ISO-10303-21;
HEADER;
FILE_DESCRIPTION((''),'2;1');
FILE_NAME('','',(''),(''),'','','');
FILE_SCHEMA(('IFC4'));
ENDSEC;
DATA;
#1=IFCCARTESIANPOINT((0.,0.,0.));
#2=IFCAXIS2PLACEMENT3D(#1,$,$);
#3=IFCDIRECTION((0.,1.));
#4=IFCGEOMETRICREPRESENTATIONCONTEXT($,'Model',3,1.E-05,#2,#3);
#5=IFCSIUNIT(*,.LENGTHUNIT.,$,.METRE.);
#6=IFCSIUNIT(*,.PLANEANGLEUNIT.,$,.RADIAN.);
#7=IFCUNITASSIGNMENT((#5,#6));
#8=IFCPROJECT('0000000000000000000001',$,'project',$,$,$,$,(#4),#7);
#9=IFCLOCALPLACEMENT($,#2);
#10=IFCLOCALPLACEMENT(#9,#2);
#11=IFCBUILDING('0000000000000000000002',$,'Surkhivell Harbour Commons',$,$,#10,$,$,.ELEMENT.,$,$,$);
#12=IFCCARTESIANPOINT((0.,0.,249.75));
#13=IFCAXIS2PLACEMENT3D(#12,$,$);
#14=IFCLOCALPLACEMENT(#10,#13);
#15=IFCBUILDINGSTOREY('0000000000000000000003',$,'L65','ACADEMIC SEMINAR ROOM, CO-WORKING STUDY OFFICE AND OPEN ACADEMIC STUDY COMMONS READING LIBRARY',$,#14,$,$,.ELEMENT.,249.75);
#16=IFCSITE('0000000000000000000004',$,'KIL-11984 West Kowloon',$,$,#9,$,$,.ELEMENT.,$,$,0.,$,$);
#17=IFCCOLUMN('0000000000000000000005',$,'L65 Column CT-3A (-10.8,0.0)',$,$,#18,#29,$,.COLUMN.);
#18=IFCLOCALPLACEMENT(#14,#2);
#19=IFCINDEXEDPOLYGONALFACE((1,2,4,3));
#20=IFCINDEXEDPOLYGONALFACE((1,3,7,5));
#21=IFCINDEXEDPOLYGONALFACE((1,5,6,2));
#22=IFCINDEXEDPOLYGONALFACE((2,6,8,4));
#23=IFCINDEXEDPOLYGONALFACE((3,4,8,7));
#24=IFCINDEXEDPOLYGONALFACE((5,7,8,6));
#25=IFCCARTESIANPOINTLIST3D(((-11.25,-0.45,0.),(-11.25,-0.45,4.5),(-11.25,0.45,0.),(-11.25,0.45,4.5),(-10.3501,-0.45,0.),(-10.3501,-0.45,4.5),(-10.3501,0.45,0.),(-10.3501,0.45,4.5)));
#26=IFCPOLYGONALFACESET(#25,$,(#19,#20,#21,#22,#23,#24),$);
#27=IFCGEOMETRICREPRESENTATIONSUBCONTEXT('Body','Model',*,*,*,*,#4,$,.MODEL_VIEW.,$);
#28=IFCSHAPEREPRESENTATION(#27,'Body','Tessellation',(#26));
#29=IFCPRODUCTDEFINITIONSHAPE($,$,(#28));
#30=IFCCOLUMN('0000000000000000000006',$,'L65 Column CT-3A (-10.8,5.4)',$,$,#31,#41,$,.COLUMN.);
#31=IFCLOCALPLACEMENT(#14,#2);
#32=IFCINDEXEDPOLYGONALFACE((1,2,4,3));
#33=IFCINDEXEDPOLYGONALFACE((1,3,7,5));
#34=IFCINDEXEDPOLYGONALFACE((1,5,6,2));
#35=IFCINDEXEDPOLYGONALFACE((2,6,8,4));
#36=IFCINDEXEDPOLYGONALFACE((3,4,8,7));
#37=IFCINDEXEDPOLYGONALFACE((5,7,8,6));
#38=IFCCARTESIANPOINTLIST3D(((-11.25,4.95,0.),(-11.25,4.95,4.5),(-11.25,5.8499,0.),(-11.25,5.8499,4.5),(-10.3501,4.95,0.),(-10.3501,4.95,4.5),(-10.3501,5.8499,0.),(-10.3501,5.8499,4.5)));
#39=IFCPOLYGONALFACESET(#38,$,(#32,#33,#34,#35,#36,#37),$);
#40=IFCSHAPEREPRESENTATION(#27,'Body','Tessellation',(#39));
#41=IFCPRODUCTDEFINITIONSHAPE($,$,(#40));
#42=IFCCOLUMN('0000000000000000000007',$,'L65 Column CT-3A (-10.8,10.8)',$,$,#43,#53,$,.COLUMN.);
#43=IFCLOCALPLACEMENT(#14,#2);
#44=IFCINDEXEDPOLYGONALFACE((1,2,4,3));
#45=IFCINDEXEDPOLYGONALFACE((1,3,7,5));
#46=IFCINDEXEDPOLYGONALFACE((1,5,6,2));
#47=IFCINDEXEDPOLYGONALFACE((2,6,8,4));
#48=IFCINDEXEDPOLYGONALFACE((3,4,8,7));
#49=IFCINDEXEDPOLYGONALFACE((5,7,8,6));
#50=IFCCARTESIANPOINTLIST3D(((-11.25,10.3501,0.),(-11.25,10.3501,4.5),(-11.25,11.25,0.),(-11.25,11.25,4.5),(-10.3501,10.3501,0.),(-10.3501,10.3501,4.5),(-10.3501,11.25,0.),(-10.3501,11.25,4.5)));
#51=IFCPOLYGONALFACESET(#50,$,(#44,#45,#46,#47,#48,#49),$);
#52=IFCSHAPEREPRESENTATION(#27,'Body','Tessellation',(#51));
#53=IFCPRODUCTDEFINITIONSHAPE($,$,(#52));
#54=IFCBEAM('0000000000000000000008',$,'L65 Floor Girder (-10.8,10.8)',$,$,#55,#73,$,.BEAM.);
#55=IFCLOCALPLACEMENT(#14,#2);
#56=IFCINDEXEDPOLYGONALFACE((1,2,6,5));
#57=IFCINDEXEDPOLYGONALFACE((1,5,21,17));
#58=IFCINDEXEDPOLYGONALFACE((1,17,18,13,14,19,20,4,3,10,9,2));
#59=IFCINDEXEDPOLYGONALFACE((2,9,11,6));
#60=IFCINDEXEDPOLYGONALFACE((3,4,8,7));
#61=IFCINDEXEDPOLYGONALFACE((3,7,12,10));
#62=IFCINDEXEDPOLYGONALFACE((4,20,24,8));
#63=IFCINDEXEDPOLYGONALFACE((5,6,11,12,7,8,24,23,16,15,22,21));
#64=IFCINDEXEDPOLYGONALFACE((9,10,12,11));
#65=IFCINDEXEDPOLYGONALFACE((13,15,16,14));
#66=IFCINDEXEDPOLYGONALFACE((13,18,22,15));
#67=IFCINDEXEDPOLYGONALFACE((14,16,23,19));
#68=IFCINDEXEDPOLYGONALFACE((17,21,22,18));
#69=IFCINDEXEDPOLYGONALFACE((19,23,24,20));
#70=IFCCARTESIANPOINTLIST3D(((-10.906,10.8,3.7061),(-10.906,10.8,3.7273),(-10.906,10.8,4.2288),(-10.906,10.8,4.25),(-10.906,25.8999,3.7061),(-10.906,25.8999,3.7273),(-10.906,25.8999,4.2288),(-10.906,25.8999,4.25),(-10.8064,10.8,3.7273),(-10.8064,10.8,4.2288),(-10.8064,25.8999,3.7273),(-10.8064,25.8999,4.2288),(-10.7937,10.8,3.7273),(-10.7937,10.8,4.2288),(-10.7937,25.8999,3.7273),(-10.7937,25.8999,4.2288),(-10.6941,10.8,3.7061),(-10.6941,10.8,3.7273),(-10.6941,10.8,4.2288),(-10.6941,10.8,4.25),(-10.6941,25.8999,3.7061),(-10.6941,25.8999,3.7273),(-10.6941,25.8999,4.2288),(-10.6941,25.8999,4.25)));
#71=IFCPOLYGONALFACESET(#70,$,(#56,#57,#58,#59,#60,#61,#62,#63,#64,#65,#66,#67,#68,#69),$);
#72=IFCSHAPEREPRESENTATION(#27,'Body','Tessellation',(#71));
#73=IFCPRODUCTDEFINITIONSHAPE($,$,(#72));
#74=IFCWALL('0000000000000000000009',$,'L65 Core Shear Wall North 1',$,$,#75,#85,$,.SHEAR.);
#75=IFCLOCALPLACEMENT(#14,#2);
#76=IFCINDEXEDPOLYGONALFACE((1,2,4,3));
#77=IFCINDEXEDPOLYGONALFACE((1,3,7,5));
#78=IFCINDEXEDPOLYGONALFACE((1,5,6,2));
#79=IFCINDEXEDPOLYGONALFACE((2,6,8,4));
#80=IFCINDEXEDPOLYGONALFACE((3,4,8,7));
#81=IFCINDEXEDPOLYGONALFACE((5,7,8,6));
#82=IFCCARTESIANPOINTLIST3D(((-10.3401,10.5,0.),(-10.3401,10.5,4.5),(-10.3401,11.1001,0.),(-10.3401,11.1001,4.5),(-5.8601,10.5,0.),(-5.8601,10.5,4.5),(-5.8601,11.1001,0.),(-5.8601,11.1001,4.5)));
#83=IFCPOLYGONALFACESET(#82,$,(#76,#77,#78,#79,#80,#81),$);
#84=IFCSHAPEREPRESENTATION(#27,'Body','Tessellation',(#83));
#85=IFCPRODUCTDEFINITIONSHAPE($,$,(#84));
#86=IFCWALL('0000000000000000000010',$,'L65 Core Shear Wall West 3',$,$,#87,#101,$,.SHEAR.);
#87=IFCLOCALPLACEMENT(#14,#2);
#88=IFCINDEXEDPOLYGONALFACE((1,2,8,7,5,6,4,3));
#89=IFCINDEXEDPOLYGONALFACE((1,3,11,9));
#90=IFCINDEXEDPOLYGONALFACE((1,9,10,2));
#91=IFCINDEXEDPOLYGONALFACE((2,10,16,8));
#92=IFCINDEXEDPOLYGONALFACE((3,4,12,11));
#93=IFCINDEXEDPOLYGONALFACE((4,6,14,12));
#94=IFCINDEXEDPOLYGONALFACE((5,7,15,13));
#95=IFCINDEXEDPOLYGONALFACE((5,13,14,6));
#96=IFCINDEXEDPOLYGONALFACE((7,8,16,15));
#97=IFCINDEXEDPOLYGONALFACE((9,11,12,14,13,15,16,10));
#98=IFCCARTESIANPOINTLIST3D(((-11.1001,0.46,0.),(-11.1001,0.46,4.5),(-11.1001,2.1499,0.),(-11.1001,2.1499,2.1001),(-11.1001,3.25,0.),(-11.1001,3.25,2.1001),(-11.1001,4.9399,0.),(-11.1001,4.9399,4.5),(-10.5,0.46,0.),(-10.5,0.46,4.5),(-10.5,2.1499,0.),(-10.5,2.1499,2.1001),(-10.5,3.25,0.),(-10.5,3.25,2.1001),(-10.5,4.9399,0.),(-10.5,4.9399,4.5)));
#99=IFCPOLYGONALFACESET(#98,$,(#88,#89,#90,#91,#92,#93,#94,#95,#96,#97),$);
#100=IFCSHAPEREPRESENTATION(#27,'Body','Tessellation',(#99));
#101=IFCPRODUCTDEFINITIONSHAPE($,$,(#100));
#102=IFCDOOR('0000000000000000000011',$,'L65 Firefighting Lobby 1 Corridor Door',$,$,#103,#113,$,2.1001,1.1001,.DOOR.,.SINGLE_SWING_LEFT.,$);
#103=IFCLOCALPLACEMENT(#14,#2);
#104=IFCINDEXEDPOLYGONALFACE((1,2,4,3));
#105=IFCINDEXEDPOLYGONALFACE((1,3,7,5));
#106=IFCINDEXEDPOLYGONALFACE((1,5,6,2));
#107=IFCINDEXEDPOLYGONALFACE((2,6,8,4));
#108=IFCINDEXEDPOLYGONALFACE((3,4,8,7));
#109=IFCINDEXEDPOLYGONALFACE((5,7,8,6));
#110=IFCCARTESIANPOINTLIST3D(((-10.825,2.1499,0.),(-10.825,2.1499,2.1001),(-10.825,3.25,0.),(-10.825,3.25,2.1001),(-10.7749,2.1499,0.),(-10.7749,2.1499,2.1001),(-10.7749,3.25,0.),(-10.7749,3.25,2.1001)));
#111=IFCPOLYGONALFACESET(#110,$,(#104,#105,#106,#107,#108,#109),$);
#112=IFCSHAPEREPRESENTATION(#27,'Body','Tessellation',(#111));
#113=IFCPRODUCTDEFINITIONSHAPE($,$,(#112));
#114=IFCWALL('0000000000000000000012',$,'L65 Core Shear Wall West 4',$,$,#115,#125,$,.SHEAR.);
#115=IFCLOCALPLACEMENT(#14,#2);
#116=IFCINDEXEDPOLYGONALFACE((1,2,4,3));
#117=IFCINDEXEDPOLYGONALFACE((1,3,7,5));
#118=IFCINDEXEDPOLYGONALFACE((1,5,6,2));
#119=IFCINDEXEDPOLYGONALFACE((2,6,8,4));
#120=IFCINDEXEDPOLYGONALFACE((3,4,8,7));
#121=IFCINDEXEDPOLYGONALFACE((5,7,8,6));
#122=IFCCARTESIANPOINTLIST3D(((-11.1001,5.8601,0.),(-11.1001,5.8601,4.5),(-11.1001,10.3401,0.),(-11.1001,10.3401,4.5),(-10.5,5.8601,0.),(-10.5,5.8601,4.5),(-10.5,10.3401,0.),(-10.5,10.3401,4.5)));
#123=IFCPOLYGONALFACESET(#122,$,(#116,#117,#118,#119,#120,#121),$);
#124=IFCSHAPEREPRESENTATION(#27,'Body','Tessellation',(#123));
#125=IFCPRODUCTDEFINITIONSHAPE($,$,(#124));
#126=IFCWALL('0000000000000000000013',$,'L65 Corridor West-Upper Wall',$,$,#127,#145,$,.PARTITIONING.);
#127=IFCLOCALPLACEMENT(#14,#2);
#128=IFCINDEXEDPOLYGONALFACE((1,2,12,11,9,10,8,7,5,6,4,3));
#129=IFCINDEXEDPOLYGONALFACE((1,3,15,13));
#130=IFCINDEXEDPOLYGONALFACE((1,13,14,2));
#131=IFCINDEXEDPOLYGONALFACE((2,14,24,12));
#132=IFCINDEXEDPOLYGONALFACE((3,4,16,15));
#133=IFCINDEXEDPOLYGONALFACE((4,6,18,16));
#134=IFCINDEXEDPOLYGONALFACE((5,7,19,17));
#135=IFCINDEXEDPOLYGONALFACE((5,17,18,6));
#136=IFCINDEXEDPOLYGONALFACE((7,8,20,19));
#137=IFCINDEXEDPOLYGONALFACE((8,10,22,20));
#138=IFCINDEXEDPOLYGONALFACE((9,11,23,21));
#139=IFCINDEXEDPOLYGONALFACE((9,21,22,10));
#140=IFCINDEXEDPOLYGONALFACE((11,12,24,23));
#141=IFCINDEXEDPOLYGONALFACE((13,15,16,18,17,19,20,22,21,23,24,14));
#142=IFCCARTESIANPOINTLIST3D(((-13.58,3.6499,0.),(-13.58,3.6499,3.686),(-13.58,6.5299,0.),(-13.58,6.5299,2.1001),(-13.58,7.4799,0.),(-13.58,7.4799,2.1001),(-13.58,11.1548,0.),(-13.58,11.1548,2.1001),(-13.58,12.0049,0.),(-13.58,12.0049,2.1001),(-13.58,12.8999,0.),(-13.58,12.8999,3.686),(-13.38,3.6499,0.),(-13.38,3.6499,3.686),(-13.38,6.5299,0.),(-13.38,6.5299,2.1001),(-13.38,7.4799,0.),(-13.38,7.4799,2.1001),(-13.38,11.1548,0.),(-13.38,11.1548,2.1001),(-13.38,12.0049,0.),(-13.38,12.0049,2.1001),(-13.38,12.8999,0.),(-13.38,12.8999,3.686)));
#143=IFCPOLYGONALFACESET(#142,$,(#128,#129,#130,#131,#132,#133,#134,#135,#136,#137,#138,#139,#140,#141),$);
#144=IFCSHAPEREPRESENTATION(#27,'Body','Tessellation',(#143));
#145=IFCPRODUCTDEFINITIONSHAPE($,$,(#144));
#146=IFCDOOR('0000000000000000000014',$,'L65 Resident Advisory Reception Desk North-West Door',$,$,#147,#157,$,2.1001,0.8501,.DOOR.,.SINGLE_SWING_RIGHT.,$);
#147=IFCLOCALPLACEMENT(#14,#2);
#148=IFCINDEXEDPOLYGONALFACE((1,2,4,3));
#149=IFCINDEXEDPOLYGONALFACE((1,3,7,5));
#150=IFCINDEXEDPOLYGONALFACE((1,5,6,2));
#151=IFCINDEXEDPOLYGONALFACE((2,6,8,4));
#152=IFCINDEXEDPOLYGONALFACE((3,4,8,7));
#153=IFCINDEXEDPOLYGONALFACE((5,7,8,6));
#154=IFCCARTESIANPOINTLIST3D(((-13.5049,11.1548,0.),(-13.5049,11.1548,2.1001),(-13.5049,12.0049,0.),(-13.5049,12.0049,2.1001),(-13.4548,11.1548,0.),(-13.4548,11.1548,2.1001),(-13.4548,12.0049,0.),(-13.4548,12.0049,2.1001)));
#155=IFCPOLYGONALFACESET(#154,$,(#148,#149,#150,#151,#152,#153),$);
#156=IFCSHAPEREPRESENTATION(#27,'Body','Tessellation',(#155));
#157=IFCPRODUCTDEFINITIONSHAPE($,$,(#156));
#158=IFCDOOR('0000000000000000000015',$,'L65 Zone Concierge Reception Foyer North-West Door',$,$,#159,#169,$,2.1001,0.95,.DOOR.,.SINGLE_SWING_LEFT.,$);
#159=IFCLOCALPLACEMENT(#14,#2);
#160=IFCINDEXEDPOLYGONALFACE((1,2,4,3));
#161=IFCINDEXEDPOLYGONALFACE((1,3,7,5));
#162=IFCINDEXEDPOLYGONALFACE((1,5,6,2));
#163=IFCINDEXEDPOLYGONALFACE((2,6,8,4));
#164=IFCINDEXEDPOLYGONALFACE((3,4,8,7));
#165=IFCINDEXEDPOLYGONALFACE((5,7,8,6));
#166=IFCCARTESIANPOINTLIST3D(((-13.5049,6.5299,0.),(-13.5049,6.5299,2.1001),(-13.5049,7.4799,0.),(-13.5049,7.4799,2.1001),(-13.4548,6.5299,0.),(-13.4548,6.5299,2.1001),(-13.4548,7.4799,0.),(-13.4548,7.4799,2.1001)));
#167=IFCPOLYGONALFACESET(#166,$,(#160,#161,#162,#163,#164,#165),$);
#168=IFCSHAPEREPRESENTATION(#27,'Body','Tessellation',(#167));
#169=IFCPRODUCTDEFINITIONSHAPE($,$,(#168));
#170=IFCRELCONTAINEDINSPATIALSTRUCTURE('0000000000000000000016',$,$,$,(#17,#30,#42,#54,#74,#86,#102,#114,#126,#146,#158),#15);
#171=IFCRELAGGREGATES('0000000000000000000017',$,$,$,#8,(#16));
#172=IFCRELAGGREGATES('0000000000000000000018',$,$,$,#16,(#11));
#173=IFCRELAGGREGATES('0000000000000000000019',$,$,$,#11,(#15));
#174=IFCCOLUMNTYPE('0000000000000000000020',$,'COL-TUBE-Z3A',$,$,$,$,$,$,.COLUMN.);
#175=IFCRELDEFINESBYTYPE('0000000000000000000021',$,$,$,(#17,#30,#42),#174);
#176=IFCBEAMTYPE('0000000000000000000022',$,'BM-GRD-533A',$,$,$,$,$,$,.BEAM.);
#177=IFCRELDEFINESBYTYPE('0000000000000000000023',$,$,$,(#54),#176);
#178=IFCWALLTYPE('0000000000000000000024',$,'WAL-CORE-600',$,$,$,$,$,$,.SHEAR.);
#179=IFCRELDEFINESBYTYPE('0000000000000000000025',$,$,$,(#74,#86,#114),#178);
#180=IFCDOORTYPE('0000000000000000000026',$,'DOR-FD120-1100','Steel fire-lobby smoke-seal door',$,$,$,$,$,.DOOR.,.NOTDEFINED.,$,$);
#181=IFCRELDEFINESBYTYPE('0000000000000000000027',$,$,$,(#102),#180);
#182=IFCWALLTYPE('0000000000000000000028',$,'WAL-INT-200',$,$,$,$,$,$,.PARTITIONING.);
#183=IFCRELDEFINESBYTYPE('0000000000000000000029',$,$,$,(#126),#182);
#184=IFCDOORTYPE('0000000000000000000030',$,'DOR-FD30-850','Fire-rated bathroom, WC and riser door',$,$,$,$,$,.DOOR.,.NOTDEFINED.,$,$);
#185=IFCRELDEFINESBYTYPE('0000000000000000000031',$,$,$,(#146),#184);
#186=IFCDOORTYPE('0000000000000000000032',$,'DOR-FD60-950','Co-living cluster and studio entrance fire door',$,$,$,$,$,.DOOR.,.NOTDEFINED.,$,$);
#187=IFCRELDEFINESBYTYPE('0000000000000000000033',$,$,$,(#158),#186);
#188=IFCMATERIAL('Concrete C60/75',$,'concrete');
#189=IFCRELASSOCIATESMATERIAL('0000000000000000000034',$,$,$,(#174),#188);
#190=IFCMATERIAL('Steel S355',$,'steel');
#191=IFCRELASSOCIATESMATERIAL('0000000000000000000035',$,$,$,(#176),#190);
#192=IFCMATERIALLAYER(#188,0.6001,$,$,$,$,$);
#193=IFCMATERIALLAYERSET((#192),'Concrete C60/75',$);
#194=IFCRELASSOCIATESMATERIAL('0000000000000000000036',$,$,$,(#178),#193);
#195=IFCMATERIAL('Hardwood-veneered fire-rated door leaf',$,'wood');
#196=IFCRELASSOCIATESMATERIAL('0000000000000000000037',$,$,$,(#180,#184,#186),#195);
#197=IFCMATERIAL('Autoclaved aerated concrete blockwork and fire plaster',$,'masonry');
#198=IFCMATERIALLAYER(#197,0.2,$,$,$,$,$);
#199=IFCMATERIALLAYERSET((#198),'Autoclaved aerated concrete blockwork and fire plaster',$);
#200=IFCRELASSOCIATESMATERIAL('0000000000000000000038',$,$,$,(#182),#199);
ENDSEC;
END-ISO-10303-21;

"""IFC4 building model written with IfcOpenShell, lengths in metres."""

from ifc_helpers import new_model, si_unit, direction, frame, frame_2d, origin, origin_2d, place, context, subcontext, project, spatial, rectangle, i_section, extrude, material, layer, layer_set, material_profile, profile_set, type_object, element, fill, save


model = new_model("IFC4")

# Units and contexts
model_context = context("Model", 3, precision=1e-05, world=origin(), true_north=direction((0.0, 1.0)))
body_context = subcontext(model_context, "Body", "Model", "MODEL_VIEW")
ifc_project = project(units=[si_unit("LENGTHUNIT", "METRE"), si_unit("PLANEANGLEUNIT", "RADIAN")], contexts=[model_context])

# Site, building, storey
site_placement = place(None, origin())
site = spatial("IfcSite", under=ifc_project, at=site_placement, Name="KIL-11984 West Kowloon", CompositionType="ELEMENT", RefElevation=0.0)
building_placement = place(site_placement, origin())
building = spatial("IfcBuilding", under=site, at=building_placement, Name="Surkhivell Harbour Commons", CompositionType="ELEMENT")
storey_placement = place(building_placement, frame((0.0, 0.0, 249.75)))
storey = spatial("IfcBuildingStorey", under=building, at=storey_placement, Name="L65", Description="ACADEMIC SEMINAR ROOM, CO-WORKING STUDY OFFICE AND OPEN ACADEMIC STUDY COMMONS READING LIBRARY", CompositionType="ELEMENT", Elevation=249.75)

# Columns
ifc_material_1 = material(Name="Concrete C60/75", Category="concrete")
ifc_material_profile_1 = material_profile(ifc_material_1, rectangle(XDim=0.8999, YDim=0.8999, at=origin_2d()), Name="RC-COL-900x900")
ifc_profile_set_1 = profile_set([ifc_material_profile_1], Name="Concrete C60/75")
column_type = type_object("IfcColumnType", Name="COL-TUBE-Z3A", PredefinedType="COLUMN", material=ifc_profile_set_1)
for number, where, z_axis, x_axis, name in (
    (1, (-10.8, 0.0, 0.0), (0.0, 0.0, 1.0), (1.0, 0.0, 0.0), "L65 Column CT-3A (-10.8,0.0)"),
    (2, (-10.8, 5.3999, 0.0), (0.0, 0.0, 1.0), (1.0, 0.0, 0.0), "L65 Column CT-3A (-10.8,5.4)"),
    (3, (-10.8, 10.8, 0.0), (0.0, 0.0, 1.0), (1.0, 0.0, 0.0), "L65 Column CT-3A (-10.8,10.8)"),
):
    element("IfcColumn", number, at=place(storey_placement, frame(where, z_axis=z_axis, x_axis=x_axis)), inside=storey, type_object=column_type, Name=name, PredefinedType="COLUMN", context=body_context, shape_type="SweptSolid", body=[
        extrude(rectangle(XDim=0.8999, YDim=0.8999, at=origin_2d()), origin(), (0.0, 0.0, 1.0), 4.5),
    ])

# Beam
ifc_material_2 = material(Name="Steel S355", Category="steel")
ifc_material_profile_2 = material_profile(ifc_material_2, i_section(OverallWidth=0.2119, OverallDepth=0.5439, WebThickness=0.0127, FlangeThickness=0.0212, at=origin_2d()), Name="UB533x210x122")
ifc_profile_set_2 = profile_set([ifc_material_profile_2], Name="Steel S355")
beam_type = type_object("IfcBeamType", Name="BM-GRD-533A", PredefinedType="BEAM", material=ifc_profile_set_2)
beam_placement = place(storey_placement, frame((-10.8, 10.8, 3.978), z_axis=(0.0, 1.0, 0.0), x_axis=(-1.0, 0.0, 0.0)))
element("IfcBeam", 4, at=beam_placement, inside=storey, type_object=beam_type, Name="L65 Floor Girder (-10.8,10.8)", PredefinedType="BEAM", context=body_context, shape_type="SweptSolid", body=[
    extrude(i_section(OverallWidth=0.2119, OverallDepth=0.5439, WebThickness=0.0127, FlangeThickness=0.0212, at=origin_2d()), origin(), (0.0, 0.0, 1.0), 15.0999),
])

# Wall
ifc_layer_1 = layer(ifc_material_1, 0.6001)
ifc_layer_set_1 = layer_set([ifc_layer_1], Name="Concrete C60/75")
wall_type_1 = type_object("IfcWallType", Name="WAL-CORE-600", PredefinedType="SHEAR", material=ifc_layer_set_1)
wall_1_placement = place(storey_placement, frame((-10.3401, 10.8, 0.0), z_axis=(0.0, 0.0, 1.0), x_axis=(1.0, 0.0, 0.0)))
element("IfcWall", 5, at=wall_1_placement, inside=storey, type_object=wall_type_1, Name="L65 Core Shear Wall North 1", PredefinedType="SHEAR", context=body_context, shape_type="SweptSolid", body=[
    extrude(rectangle(XDim=4.48, YDim=0.6001, at=frame_2d((2.24, 0.0))), origin(), (0.0, 0.0, 1.0), 4.5),
])

# Wall, opening, door
wall_2_placement = place(storey_placement, frame((-10.8, 0.46, 0.0), z_axis=(0.0, 0.0, 1.0), x_axis=(0.0, 1.0, 0.0)))
wall_2 = element("IfcWall", 6, at=wall_2_placement, inside=storey, type_object=wall_type_1, Name="L65 Core Shear Wall West 3", PredefinedType="SHEAR", context=body_context, shape_type="SweptSolid", body=[
    extrude(rectangle(XDim=4.48, YDim=0.6001, at=frame_2d((2.24, 0.0))), origin(), (0.0, 0.0, 1.0), 4.5),
])
opening_1_placement = place(wall_2_placement, frame((1.6899, 0.0, 0.0)))
opening_1 = element("IfcOpeningElement", 7, at=opening_1_placement, cuts=wall_2, PredefinedType="OPENING", context=body_context, shape_type="SweptSolid", body=[
    extrude(rectangle(XDim=1.1001, YDim=2.1001, at=frame_2d((0.55, 1.05))), frame((0.0, 0.3101, 0.0), z_axis=(0.0, -1.0, 0.0), x_axis=(1.0, 0.0, 0.0)), (0.0, 0.0, 1.0), 0.6201),
])
ifc_material_3 = material(Name="Hardwood-veneered fire-rated door leaf", Category="wood")
door_type_1 = type_object("IfcDoorType", Name="DOR-FD120-1100", Description="Steel fire-lobby smoke-seal door", OperationType="NOTDEFINED", PredefinedType="DOOR", material=ifc_material_3)
door_1_placement = place(opening_1_placement, origin())
door_1 = element("IfcDoor", 8, at=door_1_placement, inside=storey, type_object=door_type_1, Name="L65 Firefighting Lobby 1 Corridor Door", OperationType="SINGLE_SWING_LEFT", OverallHeight=2.1001, OverallWidth=1.1001, PredefinedType="DOOR", context=body_context, shape_type="SweptSolid", body=[
    extrude(rectangle(XDim=1.1001, YDim=2.1001, at=frame_2d((0.55, 1.05))), frame((0.0, 0.0249, 0.0), z_axis=(0.0, -1.0, 0.0), x_axis=(1.0, 0.0, 0.0)), (0.0, 0.0, 1.0), 0.05),
])
fill(opening_1, door_1)

# Wall
wall_3_placement = place(storey_placement, frame((-10.8, 5.8601, 0.0), z_axis=(0.0, 0.0, 1.0), x_axis=(0.0, 1.0, 0.0)))
element("IfcWall", 9, at=wall_3_placement, inside=storey, type_object=wall_type_1, Name="L65 Core Shear Wall West 4", PredefinedType="SHEAR", context=body_context, shape_type="SweptSolid", body=[
    extrude(rectangle(XDim=4.48, YDim=0.6001, at=frame_2d((2.24, 0.0))), origin(), (0.0, 0.0, 1.0), 4.5),
])

# Wall, openings, doors
ifc_material_4 = material(Name="Autoclaved aerated concrete blockwork and fire plaster", Category="masonry")
ifc_layer_2 = layer(ifc_material_4, 0.2)
ifc_layer_set_2 = layer_set([ifc_layer_2], Name="Autoclaved aerated concrete blockwork and fire plaster")
wall_type_2 = type_object("IfcWallType", Name="WAL-INT-200", PredefinedType="PARTITIONING", material=ifc_layer_set_2)
wall_4_placement = place(storey_placement, frame((-13.48, 3.6499, 0.0), z_axis=(0.0, 0.0, 1.0), x_axis=(0.0, 1.0, 0.0)))
wall_4 = element("IfcWall", 10, at=wall_4_placement, inside=storey, type_object=wall_type_2, Name="L65 Corridor West-Upper Wall", PredefinedType="PARTITIONING", context=body_context, shape_type="SweptSolid", body=[
    extrude(rectangle(XDim=9.25, YDim=0.2, at=frame_2d((4.625, 0.0))), origin(), (0.0, 0.0, 1.0), 3.686),
])
opening_2_placement = place(wall_4_placement, frame((2.8799, 0.0, 0.0)))
opening_2 = element("IfcOpeningElement", 11, at=opening_2_placement, cuts=wall_4, PredefinedType="OPENING", context=body_context, shape_type="SweptSolid", body=[
    extrude(rectangle(XDim=0.95, YDim=2.1001, at=frame_2d((0.4751, 1.05))), frame((0.0, 0.1099, 0.0), z_axis=(0.0, -1.0, 0.0), x_axis=(1.0, 0.0, 0.0)), (0.0, 0.0, 1.0), 0.22),
])
opening_3_placement = place(wall_4_placement, frame((7.5049, 0.0, 0.0)))
opening_3 = element("IfcOpeningElement", 12, at=opening_3_placement, cuts=wall_4, PredefinedType="OPENING", context=body_context, shape_type="SweptSolid", body=[
    extrude(rectangle(XDim=0.8501, YDim=2.1001, at=frame_2d((0.425, 1.05))), frame((0.0, 0.1099, 0.0), z_axis=(0.0, -1.0, 0.0), x_axis=(1.0, 0.0, 0.0)), (0.0, 0.0, 1.0), 0.22),
])
door_type_2 = type_object("IfcDoorType", Name="DOR-FD30-850", Description="Fire-rated bathroom, WC and riser door", OperationType="NOTDEFINED", PredefinedType="DOOR", material=ifc_material_3)
door_2_placement = place(opening_3_placement, origin())
door_2 = element("IfcDoor", 13, at=door_2_placement, inside=storey, type_object=door_type_2, Name="L65 Resident Advisory Reception Desk North-West Door", OperationType="SINGLE_SWING_RIGHT", OverallHeight=2.1001, OverallWidth=0.8501, PredefinedType="DOOR", context=body_context, shape_type="SweptSolid", body=[
    extrude(rectangle(XDim=0.8501, YDim=2.1001, at=frame_2d((0.425, 1.05))), frame((0.0, 0.0249, 0.0), z_axis=(0.0, -1.0, 0.0), x_axis=(1.0, 0.0, 0.0)), (0.0, 0.0, 1.0), 0.05),
])
fill(opening_3, door_2)
door_type_3 = type_object("IfcDoorType", Name="DOR-FD60-950", Description="Co-living cluster and studio entrance fire door", OperationType="NOTDEFINED", PredefinedType="DOOR", material=ifc_material_3)
door_3_placement = place(opening_2_placement, origin())
door_3 = element("IfcDoor", 14, at=door_3_placement, inside=storey, type_object=door_type_3, Name="L65 Zone Concierge Reception Foyer North-West Door", OperationType="SINGLE_SWING_LEFT", OverallHeight=2.1001, OverallWidth=0.95, PredefinedType="DOOR", context=body_context, shape_type="SweptSolid", body=[
    extrude(rectangle(XDim=0.95, YDim=2.1001, at=frame_2d((0.4751, 1.05))), frame((0.0, 0.0249, 0.0), z_axis=(0.0, -1.0, 0.0), x_axis=(1.0, 0.0, 0.0)), (0.0, 0.0, 1.0), 0.05),
])
fill(opening_2, door_3)

save(model, "model.ifc")
